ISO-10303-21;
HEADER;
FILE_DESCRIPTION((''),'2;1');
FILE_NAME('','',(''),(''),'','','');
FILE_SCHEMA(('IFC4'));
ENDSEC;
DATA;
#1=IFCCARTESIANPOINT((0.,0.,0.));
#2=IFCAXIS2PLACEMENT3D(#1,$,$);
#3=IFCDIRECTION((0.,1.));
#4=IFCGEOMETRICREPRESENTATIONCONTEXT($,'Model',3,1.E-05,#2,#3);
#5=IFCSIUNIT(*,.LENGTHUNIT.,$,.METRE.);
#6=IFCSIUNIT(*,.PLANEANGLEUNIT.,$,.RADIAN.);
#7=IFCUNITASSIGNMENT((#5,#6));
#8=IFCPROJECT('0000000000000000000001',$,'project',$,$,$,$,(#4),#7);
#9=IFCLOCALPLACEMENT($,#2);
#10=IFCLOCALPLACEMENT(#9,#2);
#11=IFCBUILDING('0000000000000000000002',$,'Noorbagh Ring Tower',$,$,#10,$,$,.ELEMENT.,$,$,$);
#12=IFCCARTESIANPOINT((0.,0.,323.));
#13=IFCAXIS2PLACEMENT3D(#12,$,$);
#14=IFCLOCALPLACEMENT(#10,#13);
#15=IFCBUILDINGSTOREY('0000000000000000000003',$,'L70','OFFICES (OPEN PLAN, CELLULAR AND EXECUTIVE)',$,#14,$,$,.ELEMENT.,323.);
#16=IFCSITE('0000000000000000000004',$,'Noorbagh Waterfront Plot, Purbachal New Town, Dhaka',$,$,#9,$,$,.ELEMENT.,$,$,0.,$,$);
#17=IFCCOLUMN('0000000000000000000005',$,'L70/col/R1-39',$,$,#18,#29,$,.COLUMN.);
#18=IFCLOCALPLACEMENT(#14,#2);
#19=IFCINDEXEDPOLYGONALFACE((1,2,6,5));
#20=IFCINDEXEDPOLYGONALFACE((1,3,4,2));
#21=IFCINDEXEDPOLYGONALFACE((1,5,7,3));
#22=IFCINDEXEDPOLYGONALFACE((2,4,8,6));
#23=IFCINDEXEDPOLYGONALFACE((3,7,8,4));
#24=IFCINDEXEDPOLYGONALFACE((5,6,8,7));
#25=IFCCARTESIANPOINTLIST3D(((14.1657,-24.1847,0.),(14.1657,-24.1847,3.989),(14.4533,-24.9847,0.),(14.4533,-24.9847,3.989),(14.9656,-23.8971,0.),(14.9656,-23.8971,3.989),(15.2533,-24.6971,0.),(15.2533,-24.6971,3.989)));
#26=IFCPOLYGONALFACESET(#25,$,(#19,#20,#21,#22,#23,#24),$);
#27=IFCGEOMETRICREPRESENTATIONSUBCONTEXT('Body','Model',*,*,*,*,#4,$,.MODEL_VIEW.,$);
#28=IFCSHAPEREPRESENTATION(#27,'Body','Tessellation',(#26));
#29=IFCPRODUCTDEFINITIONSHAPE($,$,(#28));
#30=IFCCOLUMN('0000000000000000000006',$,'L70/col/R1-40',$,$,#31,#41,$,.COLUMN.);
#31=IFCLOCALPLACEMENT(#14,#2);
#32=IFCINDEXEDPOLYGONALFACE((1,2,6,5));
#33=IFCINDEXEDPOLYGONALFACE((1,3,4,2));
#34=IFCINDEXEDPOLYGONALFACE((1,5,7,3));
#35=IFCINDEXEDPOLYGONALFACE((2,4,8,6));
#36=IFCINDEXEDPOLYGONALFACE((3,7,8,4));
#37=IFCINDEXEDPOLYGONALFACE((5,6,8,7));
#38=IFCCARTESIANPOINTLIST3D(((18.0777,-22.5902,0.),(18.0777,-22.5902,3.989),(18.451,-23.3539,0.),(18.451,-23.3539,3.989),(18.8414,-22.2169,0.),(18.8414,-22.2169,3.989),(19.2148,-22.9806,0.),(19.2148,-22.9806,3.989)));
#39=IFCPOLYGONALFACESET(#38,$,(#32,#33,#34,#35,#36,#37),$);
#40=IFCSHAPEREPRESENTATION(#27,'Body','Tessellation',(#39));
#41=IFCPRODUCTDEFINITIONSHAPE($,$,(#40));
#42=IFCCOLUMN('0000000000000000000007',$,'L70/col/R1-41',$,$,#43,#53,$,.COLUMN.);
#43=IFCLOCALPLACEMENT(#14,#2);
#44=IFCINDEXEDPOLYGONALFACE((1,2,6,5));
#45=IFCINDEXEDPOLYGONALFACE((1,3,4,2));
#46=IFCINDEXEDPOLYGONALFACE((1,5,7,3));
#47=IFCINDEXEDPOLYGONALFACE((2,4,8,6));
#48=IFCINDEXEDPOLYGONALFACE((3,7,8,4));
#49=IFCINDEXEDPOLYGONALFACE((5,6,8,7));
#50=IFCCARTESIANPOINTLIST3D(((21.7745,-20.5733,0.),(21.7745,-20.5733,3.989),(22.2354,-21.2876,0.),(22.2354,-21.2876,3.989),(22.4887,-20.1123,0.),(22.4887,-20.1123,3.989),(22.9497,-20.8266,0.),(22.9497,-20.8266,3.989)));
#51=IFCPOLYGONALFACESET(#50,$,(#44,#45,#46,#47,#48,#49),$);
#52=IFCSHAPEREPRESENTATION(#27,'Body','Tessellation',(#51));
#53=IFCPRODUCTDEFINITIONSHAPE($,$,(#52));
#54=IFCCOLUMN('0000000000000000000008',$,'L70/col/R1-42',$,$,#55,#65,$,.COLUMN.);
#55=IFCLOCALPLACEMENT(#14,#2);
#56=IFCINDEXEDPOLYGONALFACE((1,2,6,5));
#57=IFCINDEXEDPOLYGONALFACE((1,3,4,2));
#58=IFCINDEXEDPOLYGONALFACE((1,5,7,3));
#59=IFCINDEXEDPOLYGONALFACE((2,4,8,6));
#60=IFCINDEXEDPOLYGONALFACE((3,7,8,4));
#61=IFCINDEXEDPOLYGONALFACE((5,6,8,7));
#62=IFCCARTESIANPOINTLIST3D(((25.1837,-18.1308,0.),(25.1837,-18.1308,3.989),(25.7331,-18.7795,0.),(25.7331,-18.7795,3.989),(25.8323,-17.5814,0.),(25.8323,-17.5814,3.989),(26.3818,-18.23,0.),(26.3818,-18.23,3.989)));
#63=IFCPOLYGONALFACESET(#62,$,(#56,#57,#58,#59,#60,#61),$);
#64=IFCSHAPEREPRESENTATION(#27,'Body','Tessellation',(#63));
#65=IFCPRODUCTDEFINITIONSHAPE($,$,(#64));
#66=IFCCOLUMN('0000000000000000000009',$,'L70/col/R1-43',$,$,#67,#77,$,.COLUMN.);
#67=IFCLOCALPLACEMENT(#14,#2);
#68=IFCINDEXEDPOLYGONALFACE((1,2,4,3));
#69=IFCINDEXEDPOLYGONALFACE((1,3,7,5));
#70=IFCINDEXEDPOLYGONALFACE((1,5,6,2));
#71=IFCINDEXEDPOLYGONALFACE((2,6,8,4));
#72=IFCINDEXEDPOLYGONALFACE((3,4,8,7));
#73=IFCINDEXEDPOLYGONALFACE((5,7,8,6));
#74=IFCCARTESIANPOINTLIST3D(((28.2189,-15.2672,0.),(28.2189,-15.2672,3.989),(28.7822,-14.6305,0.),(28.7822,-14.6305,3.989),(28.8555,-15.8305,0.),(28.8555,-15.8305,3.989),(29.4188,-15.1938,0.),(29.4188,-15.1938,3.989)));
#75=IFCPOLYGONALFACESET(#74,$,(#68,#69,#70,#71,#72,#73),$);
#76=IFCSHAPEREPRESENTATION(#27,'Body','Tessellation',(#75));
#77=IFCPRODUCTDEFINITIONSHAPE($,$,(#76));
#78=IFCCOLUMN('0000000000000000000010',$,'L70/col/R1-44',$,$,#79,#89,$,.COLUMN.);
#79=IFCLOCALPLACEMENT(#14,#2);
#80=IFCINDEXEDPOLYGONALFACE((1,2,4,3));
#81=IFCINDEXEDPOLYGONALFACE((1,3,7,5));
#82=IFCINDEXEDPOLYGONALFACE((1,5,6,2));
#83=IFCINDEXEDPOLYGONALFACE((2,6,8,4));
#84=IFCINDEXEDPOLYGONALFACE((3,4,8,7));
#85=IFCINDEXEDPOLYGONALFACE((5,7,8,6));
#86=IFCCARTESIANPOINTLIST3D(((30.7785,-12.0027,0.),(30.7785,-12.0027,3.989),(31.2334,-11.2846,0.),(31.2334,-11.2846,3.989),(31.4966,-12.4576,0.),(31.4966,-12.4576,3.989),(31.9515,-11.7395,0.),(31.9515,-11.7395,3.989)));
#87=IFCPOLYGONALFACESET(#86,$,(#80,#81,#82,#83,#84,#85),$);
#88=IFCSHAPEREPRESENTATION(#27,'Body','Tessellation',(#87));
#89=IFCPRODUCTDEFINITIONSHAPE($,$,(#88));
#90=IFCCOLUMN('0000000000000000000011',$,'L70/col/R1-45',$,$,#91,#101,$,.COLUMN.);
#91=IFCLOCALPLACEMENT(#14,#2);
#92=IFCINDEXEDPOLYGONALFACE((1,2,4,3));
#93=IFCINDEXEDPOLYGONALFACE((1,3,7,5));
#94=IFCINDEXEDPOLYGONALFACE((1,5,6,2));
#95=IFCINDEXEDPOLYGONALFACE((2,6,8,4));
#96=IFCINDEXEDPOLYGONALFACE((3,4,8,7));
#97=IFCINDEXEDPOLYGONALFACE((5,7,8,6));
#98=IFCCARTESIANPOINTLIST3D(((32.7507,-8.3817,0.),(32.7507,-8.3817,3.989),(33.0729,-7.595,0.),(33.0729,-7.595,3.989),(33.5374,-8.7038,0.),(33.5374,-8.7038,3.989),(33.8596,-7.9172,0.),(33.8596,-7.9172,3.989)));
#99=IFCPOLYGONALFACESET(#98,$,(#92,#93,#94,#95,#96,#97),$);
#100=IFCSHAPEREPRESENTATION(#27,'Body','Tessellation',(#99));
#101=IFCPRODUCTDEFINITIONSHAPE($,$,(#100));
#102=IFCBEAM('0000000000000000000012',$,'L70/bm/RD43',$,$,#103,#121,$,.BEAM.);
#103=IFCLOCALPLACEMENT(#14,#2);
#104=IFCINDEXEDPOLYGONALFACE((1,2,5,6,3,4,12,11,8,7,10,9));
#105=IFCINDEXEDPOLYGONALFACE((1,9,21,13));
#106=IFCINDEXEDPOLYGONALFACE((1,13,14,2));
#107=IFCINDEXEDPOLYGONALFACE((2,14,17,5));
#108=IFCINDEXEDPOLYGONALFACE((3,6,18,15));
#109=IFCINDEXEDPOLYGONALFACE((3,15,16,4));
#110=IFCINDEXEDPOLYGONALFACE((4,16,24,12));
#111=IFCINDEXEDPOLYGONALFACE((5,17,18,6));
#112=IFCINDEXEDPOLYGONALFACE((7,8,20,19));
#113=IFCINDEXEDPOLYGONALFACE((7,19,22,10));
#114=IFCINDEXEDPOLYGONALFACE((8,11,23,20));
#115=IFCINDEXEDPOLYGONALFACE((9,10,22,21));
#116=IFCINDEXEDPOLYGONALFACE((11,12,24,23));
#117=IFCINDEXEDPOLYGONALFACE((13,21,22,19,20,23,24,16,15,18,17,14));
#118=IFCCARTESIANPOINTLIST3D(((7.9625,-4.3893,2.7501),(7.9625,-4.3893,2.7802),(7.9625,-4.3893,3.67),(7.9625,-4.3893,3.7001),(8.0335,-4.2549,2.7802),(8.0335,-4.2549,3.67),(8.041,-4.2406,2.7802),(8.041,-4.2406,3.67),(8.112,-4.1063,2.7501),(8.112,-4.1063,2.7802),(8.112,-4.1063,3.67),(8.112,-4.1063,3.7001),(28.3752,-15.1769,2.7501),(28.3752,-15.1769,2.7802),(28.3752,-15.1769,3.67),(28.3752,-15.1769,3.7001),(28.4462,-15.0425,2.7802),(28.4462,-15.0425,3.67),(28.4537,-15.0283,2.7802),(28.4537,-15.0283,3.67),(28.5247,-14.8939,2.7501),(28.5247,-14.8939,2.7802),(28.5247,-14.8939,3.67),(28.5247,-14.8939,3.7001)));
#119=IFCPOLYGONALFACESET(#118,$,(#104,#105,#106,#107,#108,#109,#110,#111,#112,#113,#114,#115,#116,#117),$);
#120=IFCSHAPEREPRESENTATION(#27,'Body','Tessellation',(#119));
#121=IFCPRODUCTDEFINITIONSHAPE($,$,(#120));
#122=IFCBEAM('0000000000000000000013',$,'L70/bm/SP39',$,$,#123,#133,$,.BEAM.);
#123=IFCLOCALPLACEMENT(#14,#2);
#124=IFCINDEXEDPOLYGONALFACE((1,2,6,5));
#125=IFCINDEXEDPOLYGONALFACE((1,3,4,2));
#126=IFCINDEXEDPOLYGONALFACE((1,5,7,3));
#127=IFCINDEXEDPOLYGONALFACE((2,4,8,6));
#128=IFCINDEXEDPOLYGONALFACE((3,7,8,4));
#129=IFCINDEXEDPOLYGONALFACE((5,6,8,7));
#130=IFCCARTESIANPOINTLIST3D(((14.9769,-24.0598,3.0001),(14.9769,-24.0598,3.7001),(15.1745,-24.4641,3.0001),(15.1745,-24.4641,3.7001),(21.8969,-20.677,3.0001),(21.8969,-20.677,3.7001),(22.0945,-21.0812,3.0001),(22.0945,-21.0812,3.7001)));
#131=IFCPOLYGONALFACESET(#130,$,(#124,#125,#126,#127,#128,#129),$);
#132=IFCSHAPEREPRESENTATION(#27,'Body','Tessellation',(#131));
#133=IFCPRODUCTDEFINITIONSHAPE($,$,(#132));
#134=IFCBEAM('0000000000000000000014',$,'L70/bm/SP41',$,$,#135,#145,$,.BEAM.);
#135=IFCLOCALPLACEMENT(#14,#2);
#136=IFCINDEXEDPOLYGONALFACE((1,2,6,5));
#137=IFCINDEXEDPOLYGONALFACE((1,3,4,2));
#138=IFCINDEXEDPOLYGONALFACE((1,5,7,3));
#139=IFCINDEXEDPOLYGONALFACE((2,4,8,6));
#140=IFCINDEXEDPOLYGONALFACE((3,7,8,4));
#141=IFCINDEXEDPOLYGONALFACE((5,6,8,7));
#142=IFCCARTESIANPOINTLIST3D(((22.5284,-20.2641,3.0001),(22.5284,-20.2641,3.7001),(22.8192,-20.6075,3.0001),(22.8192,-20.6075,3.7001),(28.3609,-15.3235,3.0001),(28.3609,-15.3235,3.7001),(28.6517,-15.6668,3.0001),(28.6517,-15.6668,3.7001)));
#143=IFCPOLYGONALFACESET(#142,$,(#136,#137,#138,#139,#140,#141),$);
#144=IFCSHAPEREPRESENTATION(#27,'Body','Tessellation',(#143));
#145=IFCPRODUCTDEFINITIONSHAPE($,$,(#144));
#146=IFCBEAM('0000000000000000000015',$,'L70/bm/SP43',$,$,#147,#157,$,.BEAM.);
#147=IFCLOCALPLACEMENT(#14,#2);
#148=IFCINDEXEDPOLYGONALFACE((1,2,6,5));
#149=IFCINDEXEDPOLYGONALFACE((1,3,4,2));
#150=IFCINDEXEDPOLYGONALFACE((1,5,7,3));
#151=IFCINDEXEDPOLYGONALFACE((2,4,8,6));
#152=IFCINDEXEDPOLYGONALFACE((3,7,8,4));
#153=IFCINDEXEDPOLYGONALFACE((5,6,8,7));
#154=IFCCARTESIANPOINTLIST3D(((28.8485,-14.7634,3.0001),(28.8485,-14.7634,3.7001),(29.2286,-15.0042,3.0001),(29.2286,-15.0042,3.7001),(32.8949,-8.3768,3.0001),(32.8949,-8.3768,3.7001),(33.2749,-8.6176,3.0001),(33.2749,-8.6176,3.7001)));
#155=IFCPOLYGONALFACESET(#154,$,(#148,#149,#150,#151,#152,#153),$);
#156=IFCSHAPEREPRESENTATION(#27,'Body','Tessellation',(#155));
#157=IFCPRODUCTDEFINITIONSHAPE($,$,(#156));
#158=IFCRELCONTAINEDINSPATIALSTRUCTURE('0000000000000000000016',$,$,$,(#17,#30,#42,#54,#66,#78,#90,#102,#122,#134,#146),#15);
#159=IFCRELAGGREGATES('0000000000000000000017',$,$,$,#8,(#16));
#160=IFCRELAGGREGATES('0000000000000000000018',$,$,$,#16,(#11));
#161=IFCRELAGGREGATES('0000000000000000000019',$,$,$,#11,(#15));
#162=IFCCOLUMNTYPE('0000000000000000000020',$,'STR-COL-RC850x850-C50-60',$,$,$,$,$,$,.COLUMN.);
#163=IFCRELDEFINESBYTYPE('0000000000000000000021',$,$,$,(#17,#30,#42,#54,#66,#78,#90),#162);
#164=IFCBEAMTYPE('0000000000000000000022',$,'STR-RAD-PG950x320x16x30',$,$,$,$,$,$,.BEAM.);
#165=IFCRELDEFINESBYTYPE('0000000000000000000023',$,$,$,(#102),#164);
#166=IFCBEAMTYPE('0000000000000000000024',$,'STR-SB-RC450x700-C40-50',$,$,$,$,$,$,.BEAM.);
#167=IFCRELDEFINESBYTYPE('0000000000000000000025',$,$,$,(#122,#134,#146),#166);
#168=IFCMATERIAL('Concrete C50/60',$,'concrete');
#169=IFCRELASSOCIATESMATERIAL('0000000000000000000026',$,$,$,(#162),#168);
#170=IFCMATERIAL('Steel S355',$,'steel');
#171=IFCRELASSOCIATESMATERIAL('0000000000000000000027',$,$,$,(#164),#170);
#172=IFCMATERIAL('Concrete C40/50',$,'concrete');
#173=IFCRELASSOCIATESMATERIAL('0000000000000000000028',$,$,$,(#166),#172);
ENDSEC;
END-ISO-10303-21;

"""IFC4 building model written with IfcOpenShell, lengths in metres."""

from ifc_helpers import new_model, si_unit, direction, frame, origin, origin_2d, place, context, subcontext, project, spatial, rectangle, i_section, extrude, material, material_profile, profile_set, type_object, element, save


model = new_model("IFC4")

# Units and contexts
model_context = context("Model", 3, precision=1e-05, world=origin(), true_north=direction((0.0, 1.0)))
body_context = subcontext(model_context, "Body", "Model", "MODEL_VIEW")
ifc_project = project(units=[si_unit("LENGTHUNIT", "METRE"), si_unit("PLANEANGLEUNIT", "RADIAN")], contexts=[model_context])

# Site, building, storey
site_placement = place(None, origin())
site = spatial("IfcSite", under=ifc_project, at=site_placement, Name="Noorbagh Waterfront Plot, Purbachal New Town, Dhaka", CompositionType="ELEMENT", RefElevation=0.0)
building_placement = place(site_placement, origin())
building = spatial("IfcBuilding", under=site, at=building_placement, Name="Noorbagh Ring Tower", CompositionType="ELEMENT")
storey_placement = place(building_placement, frame((0.0, 0.0, 323.0)))
storey = spatial("IfcBuildingStorey", under=building, at=storey_placement, Name="L70", Description="OFFICES (OPEN PLAN, CELLULAR AND EXECUTIVE)", CompositionType="ELEMENT", Elevation=323.0)

# Columns
ifc_material_1 = material(Name="Concrete C50/60", Category="concrete")
ifc_material_profile_1 = material_profile(ifc_material_1, rectangle(XDim=0.8501, YDim=0.8501, at=origin_2d()), Name="RC850x850")
ifc_profile_set_1 = profile_set([ifc_material_profile_1], Name="Concrete C50/60")
column_type = type_object("IfcColumnType", Name="STR-COL-RC850x850-C50-60", PredefinedType="COLUMN", material=ifc_profile_set_1)
for number, where, z_axis, x_axis, name in (
    (1, (14.7095, -24.4409, 0.0), (0.0, 0.0, 1.0), (0.941025, 0.338338, 0.0), "L70/col/R1-39"),
    (2, (18.6462, -22.7854, 0.0), (0.0, 0.0, 1.0), (0.898399, 0.43918, 0.0), "L70/col/R1-40"),
    (3, (22.3621, -20.7, 0.0), (0.0, 0.0, 1.0), (0.840248, 0.542203, 0.0), "L70/col/R1-41"),
    (4, (25.7827, -18.1804, 0.0), (0.0, 0.0, 1.0), (0.763035, 0.646357, 0.0), "L70/col/R1-42"),
    (5, (28.8188, -15.2305, 0.0), (0.0, 0.0, 1.0), (0.662636, 0.748942, 0.0), "L70/col/R1-43"),
    (6, (31.365, -11.8711, 0.0), (0.0, 0.0, 1.0), (0.53519, 0.844731, 0.0), "L70/col/R1-44"),
    (7, (33.3052, -8.1494, 0.0), (0.0, 0.0, 1.0), (0.378989, 0.925401, 0.0), "L70/col/R1-45"),
):
    element("IfcColumn", number, at=place(storey_placement, frame(where, z_axis=z_axis, x_axis=x_axis)), inside=storey, type_object=column_type, Name=name, PredefinedType="COLUMN", context=body_context, shape_type="SweptSolid", body=[
        extrude(rectangle(XDim=0.8501, YDim=0.8501, at=origin_2d()), origin(), (0.0, 0.0, 1.0), 3.989),
    ])

# Beams
ifc_material_2 = material(Name="Steel S355", Category="steel")
ifc_material_profile_2 = material_profile(ifc_material_2, i_section(OverallWidth=0.3201, OverallDepth=0.95, WebThickness=0.0161, FlangeThickness=0.03, at=origin_2d()), Name="PG950x320x16x30")
ifc_profile_set_2 = profile_set([ifc_material_profile_2], Name="Steel S355")
beam_type_1 = type_object("IfcBeamType", Name="STR-RAD-PG950x320x16x30", PredefinedType="BEAM", material=ifc_profile_set_2)
beam_1_placement = place(storey_placement, frame((28.45, -15.0354, 3.2251), z_axis=(-0.884129, 0.467242, 0.0), x_axis=(-0.467242, -0.884129, 0.0)))
element("IfcBeam", 8, at=beam_1_placement, inside=storey, type_object=beam_type_1, Name="L70/bm/RD43", PredefinedType="BEAM", context=body_context, shape_type="SweptSolid", body=[
    extrude(i_section(OverallWidth=0.3201, OverallDepth=0.95, WebThickness=0.0161, FlangeThickness=0.03, at=origin_2d()), origin(), (0.0, 0.0, 1.0), 23.0879),
])
ifc_material_3 = material(Name="Concrete C40/50", Category="concrete")
ifc_material_profile_3 = material_profile(ifc_material_3, rectangle(XDim=0.45, YDim=0.7, at=origin_2d()), Name="RC450x700")
ifc_profile_set_3 = profile_set([ifc_material_profile_3], Name="Concrete C40/50")
beam_type_2 = type_object("IfcBeamType", Name="STR-SB-RC450x700-C40-50", PredefinedType="BEAM", material=ifc_profile_set_3)
beam_2_placement = place(storey_placement, frame((15.0757, -24.262, 3.3501), z_axis=(0.898398, 0.439183, 0.0), x_axis=(-0.439183, 0.898398, 0.0)))
element("IfcBeam", 9, at=beam_2_placement, inside=storey, type_object=beam_type_2, Name="L70/bm/SP39", PredefinedType="BEAM", context=body_context, shape_type="SweptSolid", body=[
    extrude(rectangle(XDim=0.45, YDim=0.7, at=origin_2d()), origin(), (0.0, 0.0, 1.0), 7.7026),
])
beam_3_placement = place(storey_placement, frame((22.6738, -20.4358, 3.3501), z_axis=(0.763034, 0.646359, 0.0), x_axis=(-0.646359, 0.763034, 0.0)))
element("IfcBeam", 10, at=beam_3_placement, inside=storey, type_object=beam_type_2, Name="L70/bm/SP41", PredefinedType="BEAM", context=body_context, shape_type="SweptSolid", body=[
    extrude(rectangle(XDim=0.45, YDim=0.7, at=origin_2d()), origin(), (0.0, 0.0, 1.0), 7.6438),
])
beam_4_placement = place(storey_placement, frame((29.0386, -14.8838, 3.3501), z_axis=(0.53519, 0.844731, 0.0), x_axis=(-0.844731, 0.53519, 0.0)))
element("IfcBeam", 11, at=beam_4_placement, inside=storey, type_object=beam_type_2, Name="L70/bm/SP43", PredefinedType="BEAM", context=body_context, shape_type="SweptSolid", body=[
    extrude(rectangle(XDim=0.45, YDim=0.7, at=origin_2d()), origin(), (0.0, 0.0, 1.0), 7.5605),
])

save(model, "model.ifc")
